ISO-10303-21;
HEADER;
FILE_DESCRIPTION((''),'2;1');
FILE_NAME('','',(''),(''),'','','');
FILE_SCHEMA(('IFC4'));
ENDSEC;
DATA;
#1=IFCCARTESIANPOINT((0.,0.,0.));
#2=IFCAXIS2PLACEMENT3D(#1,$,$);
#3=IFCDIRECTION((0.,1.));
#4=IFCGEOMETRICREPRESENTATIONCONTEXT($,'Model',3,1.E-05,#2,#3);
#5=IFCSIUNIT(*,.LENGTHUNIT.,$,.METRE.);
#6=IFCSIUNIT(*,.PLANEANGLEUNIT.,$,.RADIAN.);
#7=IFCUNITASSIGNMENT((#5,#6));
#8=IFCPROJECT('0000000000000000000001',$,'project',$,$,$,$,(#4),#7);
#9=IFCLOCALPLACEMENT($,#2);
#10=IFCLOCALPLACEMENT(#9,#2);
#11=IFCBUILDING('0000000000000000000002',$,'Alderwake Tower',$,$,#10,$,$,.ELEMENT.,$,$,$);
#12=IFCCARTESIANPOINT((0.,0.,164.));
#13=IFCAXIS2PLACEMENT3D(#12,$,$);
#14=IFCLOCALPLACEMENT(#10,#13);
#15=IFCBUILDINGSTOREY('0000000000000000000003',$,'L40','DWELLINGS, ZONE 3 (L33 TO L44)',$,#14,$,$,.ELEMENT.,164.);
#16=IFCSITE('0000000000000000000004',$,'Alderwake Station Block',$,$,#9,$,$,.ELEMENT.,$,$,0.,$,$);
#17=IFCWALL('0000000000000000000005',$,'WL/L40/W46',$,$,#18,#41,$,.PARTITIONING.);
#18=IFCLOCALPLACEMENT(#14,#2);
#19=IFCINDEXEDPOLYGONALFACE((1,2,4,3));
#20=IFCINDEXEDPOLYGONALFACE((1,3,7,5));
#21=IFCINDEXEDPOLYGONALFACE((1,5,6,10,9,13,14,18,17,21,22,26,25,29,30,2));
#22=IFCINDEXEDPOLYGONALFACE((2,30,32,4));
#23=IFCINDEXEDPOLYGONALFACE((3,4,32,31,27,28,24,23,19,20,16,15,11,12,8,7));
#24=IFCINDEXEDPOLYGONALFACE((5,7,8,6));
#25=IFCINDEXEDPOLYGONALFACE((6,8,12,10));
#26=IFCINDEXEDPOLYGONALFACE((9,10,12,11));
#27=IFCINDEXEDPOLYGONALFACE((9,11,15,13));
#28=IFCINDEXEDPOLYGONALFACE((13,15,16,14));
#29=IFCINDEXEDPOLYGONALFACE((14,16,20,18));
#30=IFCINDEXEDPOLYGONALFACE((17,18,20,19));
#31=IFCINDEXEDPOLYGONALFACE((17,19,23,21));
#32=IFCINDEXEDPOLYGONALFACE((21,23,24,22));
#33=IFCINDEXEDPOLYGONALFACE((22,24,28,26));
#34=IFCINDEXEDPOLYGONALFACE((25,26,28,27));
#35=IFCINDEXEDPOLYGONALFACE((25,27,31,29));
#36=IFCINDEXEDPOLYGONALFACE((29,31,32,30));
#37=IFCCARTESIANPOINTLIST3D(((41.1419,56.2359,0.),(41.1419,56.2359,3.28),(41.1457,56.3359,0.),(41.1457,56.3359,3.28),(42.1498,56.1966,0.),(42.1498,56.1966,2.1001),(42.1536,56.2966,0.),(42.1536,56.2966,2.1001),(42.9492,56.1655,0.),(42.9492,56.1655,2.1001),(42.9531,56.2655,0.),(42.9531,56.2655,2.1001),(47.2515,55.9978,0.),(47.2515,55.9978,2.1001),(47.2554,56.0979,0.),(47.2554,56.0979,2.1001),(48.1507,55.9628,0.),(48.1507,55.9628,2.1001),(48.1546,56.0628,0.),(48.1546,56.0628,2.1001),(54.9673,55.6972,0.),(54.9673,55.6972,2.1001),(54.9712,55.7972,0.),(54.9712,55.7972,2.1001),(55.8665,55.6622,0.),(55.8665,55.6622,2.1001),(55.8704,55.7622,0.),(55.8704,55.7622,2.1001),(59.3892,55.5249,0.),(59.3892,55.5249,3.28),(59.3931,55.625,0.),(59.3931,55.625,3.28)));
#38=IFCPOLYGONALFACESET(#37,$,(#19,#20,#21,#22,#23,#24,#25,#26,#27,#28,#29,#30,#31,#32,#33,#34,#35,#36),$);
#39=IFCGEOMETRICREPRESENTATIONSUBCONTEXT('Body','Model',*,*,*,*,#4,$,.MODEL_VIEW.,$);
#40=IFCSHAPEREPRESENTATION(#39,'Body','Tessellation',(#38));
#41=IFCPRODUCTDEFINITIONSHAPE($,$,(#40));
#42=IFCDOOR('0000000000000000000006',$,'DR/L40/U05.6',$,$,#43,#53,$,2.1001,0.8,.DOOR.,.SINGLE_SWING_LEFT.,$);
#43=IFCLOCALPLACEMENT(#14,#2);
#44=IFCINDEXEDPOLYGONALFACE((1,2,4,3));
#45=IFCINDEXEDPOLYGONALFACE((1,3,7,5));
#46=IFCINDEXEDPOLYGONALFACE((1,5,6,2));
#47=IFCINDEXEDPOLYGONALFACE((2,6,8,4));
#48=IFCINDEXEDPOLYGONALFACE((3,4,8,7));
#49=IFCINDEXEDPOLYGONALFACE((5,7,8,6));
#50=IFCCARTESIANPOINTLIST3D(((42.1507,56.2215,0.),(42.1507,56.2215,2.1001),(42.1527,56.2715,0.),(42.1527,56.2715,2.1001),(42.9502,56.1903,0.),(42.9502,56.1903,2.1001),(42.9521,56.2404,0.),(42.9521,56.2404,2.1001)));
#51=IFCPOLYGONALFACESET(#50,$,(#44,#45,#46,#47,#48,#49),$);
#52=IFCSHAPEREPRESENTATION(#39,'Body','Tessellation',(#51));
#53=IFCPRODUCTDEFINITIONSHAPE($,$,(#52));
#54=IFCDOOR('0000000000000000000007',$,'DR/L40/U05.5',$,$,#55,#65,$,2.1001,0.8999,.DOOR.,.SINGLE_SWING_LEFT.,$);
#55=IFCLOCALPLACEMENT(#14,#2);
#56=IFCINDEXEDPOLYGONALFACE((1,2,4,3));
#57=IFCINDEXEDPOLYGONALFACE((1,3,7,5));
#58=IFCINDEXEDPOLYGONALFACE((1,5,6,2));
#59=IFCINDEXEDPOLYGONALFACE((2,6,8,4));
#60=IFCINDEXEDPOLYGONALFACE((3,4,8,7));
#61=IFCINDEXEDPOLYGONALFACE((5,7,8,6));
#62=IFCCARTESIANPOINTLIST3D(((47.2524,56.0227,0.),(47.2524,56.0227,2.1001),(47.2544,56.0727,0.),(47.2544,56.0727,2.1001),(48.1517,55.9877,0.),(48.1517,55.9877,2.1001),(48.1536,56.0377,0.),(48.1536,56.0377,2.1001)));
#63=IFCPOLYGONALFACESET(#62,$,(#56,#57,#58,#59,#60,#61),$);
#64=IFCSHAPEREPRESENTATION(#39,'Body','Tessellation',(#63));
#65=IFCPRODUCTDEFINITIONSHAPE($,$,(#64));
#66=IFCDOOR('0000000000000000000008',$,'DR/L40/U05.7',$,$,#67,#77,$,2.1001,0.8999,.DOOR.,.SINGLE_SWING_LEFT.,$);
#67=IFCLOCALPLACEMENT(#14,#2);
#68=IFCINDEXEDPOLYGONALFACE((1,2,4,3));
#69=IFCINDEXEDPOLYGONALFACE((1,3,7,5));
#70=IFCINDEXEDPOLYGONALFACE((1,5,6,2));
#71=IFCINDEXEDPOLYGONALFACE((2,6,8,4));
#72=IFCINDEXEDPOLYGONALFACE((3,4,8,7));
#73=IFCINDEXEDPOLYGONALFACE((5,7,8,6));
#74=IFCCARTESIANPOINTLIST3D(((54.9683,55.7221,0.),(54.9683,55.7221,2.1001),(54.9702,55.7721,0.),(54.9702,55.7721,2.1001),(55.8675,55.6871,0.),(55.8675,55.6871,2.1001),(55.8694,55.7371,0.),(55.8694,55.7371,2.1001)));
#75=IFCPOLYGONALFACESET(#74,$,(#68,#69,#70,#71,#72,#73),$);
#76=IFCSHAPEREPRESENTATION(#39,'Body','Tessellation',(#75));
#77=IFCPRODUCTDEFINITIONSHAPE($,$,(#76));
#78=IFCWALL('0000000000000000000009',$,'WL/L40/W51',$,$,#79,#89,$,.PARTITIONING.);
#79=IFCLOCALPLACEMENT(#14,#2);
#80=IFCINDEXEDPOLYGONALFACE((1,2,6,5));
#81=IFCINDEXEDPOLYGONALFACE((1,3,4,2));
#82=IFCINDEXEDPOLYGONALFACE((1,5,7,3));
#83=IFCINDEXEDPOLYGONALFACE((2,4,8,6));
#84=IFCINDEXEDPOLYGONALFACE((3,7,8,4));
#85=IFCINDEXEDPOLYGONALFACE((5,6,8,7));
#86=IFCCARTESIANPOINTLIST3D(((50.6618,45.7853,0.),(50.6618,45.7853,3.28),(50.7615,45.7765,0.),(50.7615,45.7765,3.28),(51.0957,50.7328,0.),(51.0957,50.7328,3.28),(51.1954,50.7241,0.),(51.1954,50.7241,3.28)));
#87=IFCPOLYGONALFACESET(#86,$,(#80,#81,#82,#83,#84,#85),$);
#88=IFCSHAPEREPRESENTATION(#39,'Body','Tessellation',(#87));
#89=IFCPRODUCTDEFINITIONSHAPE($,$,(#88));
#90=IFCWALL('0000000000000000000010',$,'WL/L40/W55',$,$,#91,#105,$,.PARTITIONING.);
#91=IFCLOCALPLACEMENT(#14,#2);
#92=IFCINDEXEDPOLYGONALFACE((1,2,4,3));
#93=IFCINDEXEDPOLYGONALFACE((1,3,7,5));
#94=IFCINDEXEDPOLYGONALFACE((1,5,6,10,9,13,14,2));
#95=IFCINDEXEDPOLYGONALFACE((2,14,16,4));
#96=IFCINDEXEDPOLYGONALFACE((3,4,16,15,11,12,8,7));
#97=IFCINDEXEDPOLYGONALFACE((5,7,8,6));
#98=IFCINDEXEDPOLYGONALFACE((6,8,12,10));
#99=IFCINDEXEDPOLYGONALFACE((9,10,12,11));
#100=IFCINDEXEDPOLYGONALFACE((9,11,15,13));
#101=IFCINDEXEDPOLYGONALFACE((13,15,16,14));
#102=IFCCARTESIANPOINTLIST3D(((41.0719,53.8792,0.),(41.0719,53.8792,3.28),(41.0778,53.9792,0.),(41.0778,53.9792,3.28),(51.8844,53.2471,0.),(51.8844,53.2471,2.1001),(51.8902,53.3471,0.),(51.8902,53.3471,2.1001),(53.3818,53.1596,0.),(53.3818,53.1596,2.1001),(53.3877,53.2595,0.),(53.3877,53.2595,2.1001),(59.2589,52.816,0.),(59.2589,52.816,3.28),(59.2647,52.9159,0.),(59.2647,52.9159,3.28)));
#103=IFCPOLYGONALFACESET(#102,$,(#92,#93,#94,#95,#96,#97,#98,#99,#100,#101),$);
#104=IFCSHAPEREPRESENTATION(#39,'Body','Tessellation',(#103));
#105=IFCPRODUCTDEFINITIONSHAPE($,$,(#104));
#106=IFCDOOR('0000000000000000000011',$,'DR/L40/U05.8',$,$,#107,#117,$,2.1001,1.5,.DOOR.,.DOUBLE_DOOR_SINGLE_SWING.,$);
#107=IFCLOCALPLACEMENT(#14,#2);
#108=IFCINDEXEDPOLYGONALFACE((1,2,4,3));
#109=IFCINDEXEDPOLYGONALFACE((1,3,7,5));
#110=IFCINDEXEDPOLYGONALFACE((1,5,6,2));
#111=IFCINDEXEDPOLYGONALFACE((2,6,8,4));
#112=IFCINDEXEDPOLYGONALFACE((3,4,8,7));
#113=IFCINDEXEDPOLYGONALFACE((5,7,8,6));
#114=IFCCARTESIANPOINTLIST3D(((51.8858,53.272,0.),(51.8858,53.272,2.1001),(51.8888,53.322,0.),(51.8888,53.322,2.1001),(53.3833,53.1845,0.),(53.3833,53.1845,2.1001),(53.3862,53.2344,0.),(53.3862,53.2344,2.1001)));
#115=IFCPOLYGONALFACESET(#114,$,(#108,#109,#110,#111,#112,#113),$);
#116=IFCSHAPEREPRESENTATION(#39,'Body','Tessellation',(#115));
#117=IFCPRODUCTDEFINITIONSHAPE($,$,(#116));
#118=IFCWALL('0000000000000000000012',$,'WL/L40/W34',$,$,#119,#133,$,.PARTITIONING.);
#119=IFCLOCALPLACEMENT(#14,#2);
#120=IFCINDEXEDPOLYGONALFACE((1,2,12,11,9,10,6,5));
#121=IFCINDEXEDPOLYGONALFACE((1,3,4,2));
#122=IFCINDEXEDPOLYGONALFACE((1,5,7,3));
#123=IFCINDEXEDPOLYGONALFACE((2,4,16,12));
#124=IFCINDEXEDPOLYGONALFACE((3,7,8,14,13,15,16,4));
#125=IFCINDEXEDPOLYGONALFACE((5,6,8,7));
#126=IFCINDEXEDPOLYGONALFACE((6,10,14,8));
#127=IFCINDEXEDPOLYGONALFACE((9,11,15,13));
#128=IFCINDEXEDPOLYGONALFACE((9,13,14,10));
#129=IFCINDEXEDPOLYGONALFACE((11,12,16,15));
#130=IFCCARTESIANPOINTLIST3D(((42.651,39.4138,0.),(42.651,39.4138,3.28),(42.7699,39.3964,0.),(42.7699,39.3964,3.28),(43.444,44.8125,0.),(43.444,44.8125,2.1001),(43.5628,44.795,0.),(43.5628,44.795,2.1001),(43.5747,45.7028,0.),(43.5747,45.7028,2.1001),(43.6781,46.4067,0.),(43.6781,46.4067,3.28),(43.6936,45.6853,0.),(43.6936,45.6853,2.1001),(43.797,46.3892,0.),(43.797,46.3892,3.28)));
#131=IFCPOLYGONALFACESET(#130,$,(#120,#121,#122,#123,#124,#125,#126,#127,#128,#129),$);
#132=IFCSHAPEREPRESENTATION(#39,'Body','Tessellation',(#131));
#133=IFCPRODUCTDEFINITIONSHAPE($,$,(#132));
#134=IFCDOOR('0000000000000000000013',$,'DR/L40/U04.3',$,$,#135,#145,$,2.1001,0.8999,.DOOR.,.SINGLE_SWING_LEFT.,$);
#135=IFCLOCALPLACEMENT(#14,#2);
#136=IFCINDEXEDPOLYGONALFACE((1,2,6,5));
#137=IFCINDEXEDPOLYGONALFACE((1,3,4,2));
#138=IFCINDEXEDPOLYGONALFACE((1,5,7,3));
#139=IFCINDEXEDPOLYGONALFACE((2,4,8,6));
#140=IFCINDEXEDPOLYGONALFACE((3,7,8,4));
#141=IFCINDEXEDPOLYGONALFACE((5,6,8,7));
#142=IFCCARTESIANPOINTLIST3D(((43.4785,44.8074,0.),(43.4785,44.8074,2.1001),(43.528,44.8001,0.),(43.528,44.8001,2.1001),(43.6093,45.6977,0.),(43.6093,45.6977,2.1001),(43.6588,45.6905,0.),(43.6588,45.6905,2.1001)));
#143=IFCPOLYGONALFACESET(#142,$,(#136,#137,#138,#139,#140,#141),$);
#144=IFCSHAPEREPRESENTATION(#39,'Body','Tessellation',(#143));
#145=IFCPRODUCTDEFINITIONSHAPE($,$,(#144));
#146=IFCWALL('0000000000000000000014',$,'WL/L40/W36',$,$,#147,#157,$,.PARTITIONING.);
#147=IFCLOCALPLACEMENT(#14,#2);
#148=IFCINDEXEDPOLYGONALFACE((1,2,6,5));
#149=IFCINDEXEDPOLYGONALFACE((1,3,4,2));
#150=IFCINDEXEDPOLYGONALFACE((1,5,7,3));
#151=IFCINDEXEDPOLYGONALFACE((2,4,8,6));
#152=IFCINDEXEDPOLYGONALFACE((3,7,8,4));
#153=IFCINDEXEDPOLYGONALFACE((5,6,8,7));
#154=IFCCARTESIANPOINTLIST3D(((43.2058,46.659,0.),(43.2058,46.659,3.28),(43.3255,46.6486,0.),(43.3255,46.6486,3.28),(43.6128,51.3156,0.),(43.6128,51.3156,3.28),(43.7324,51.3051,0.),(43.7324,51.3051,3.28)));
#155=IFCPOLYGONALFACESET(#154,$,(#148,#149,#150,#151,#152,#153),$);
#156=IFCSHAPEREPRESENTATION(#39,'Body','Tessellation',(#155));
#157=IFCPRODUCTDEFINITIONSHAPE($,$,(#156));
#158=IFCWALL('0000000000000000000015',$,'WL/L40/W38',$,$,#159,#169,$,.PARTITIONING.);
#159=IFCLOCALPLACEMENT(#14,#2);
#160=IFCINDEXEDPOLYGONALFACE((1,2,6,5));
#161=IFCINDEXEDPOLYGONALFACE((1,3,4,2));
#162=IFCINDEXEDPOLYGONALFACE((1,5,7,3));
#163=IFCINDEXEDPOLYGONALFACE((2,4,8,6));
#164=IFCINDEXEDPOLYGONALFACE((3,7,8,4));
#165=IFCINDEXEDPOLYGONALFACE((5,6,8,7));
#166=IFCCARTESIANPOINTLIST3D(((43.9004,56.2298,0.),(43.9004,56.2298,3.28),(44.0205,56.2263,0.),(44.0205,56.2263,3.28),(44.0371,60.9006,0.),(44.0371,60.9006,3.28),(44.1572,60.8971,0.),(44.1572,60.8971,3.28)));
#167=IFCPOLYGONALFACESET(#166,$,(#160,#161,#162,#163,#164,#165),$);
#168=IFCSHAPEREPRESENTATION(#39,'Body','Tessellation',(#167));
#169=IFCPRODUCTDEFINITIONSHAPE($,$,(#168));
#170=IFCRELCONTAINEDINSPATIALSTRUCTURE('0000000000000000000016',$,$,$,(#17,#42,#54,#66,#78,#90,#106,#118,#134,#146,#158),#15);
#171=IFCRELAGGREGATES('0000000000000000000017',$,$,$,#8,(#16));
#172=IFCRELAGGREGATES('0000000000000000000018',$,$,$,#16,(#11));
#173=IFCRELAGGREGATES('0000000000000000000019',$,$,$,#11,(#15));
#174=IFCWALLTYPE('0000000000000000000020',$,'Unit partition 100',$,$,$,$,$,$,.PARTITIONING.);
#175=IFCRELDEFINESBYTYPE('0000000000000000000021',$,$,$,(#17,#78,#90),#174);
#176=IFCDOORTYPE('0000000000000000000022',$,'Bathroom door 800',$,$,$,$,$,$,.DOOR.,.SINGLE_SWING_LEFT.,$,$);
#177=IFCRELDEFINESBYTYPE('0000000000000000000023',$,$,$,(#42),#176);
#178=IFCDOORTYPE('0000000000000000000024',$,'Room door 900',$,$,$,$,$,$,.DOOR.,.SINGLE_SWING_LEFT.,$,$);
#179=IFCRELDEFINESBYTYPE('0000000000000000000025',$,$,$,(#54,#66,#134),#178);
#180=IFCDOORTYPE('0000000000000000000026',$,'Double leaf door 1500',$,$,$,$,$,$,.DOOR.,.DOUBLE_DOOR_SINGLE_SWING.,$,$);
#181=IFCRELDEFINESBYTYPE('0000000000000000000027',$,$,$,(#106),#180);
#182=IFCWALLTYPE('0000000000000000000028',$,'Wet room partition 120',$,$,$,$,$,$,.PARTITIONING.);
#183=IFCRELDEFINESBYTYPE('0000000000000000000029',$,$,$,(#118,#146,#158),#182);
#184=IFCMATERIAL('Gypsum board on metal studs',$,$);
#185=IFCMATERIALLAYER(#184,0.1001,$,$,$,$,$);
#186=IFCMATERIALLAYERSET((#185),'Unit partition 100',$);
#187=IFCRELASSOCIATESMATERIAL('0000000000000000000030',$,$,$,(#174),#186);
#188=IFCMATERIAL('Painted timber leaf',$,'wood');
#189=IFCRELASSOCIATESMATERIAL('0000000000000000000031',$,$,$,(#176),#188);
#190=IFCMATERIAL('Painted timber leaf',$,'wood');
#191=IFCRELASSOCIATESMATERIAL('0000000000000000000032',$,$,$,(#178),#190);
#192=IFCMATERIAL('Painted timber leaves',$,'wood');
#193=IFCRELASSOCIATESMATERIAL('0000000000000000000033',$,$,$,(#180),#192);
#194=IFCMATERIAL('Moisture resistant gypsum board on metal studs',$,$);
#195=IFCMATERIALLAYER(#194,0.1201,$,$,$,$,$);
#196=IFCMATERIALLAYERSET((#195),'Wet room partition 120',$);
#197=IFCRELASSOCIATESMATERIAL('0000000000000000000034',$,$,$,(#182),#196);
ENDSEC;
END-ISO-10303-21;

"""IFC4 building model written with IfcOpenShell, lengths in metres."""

from ifc_helpers import new_model, si_unit, direction, frame, frame_2d, origin, place, context, subcontext, project, spatial, rectangle, extrude, material, layer, layer_set, type_object, element, fill, save


model = new_model("IFC4")

# Units and contexts
model_context = context("Model", 3, precision=1e-05, world=origin(), true_north=direction((0.0, 1.0)))
body_context = subcontext(model_context, "Body", "Model", "MODEL_VIEW")
ifc_project = project(units=[si_unit("LENGTHUNIT", "METRE"), si_unit("PLANEANGLEUNIT", "RADIAN")], contexts=[model_context])

# Site, building, storey
site_placement = place(None, origin())
site = spatial("IfcSite", under=ifc_project, at=site_placement, Name="Alderwake Station Block", CompositionType="ELEMENT", RefElevation=0.0)
building_placement = place(site_placement, origin())
building = spatial("IfcBuilding", under=site, at=building_placement, Name="Alderwake Tower", CompositionType="ELEMENT")
storey_placement = place(building_placement, frame((0.0, 0.0, 164.0)))
storey = spatial("IfcBuildingStorey", under=building, at=storey_placement, Name="L40", Description="DWELLINGS, ZONE 3 (L33 TO L44)", CompositionType="ELEMENT", Elevation=164.0)

# Wall, openings, doors
ifc_material_1 = material(Name="Gypsum board on metal studs")
ifc_layer_1 = layer(ifc_material_1, 0.1001)
ifc_layer_set_1 = layer_set([ifc_layer_1], Name="Unit partition 100")
wall_type_1 = type_object("IfcWallType", Name="Unit partition 100", PredefinedType="PARTITIONING", material=ifc_layer_set_1)
wall_1_placement = place(storey_placement, frame((41.1438, 56.2859, 0.0), z_axis=(0.0, 0.0, 1.0), x_axis=(0.999242, -0.038932, 0.0)))
wall_1 = element("IfcWall", 1, at=wall_1_placement, inside=storey, type_object=wall_type_1, Name="WL/L40/W46", PredefinedType="PARTITIONING", context=body_context, shape_type="SweptSolid", body=[
    extrude(rectangle(XDim=18.2612, YDim=0.1001, at=frame_2d((9.1306, 0.0))), origin(), (0.0, 0.0, 1.0), 3.28),
])
opening_1_placement = place(wall_1_placement, frame((6.1143, 0.0, 0.0)))
opening_1 = element("IfcOpeningElement", 2, at=opening_1_placement, cuts=wall_1, PredefinedType="OPENING", context=body_context, shape_type="SweptSolid", body=[
    extrude(rectangle(XDim=0.8999, YDim=2.1001, at=frame_2d((0.45, 1.05))), frame((0.0, 0.0601, 0.0), z_axis=(0.0, -1.0, 0.0), x_axis=(1.0, 0.0, 0.0)), (0.0, 0.0, 1.0), 0.1201),
])
opening_2_placement = place(wall_1_placement, frame((1.0088, 0.0, 0.0)))
opening_2 = element("IfcOpeningElement", 3, at=opening_2_placement, cuts=wall_1, PredefinedType="OPENING", context=body_context, shape_type="SweptSolid", body=[
    extrude(rectangle(XDim=0.8, YDim=2.1001, at=frame_2d((0.3999, 1.05))), frame((0.0, 0.0601, 0.0), z_axis=(0.0, -1.0, 0.0), x_axis=(1.0, 0.0, 0.0)), (0.0, 0.0, 1.0), 0.1201),
])
opening_3_placement = place(wall_1_placement, frame((13.8359, 0.0, 0.0)))
opening_3 = element("IfcOpeningElement", 4, at=opening_3_placement, cuts=wall_1, PredefinedType="OPENING", context=body_context, shape_type="SweptSolid", body=[
    extrude(rectangle(XDim=0.8999, YDim=2.1001, at=frame_2d((0.45, 1.05))), frame((0.0, 0.0601, 0.0), z_axis=(0.0, -1.0, 0.0), x_axis=(1.0, 0.0, 0.0)), (0.0, 0.0, 1.0), 0.1201),
])
ifc_material_2 = material(Name="Painted timber leaf", Category="wood")
door_type_1 = type_object("IfcDoorType", Name="Bathroom door 800", OperationType="SINGLE_SWING_LEFT", PredefinedType="DOOR", material=ifc_material_2)
door_1_placement = place(opening_2_placement, origin())
door_1 = element("IfcDoor", 5, at=door_1_placement, inside=storey, type_object=door_type_1, Name="DR/L40/U05.6", OperationType="SINGLE_SWING_LEFT", OverallHeight=2.1001, OverallWidth=0.8, PredefinedType="DOOR", context=body_context, shape_type="SweptSolid", body=[
    extrude(rectangle(XDim=0.8, YDim=2.1001, at=frame_2d((0.3999, 1.05))), frame((0.0, 0.0249, 0.0), z_axis=(0.0, -1.0, 0.0), x_axis=(1.0, 0.0, 0.0)), (0.0, 0.0, 1.0), 0.05),
])
fill(opening_2, door_1)
ifc_material_3 = material(Name="Painted timber leaf", Category="wood")
door_type_2 = type_object("IfcDoorType", Name="Room door 900", OperationType="SINGLE_SWING_LEFT", PredefinedType="DOOR", material=ifc_material_3)
door_2_placement = place(opening_1_placement, origin())
door_2 = element("IfcDoor", 6, at=door_2_placement, inside=storey, type_object=door_type_2, Name="DR/L40/U05.5", OperationType="SINGLE_SWING_LEFT", OverallHeight=2.1001, OverallWidth=0.8999, PredefinedType="DOOR", context=body_context, shape_type="SweptSolid", body=[
    extrude(rectangle(XDim=0.8999, YDim=2.1001, at=frame_2d((0.45, 1.05))), frame((0.0, 0.0249, 0.0), z_axis=(0.0, -1.0, 0.0), x_axis=(1.0, 0.0, 0.0)), (0.0, 0.0, 1.0), 0.05),
])
fill(opening_1, door_2)
door_3_placement = place(opening_3_placement, origin())
door_3 = element("IfcDoor", 7, at=door_3_placement, inside=storey, type_object=door_type_2, Name="DR/L40/U05.7", OperationType="SINGLE_SWING_LEFT", OverallHeight=2.1001, OverallWidth=0.8999, PredefinedType="DOOR", context=body_context, shape_type="SweptSolid", body=[
    extrude(rectangle(XDim=0.8999, YDim=2.1001, at=frame_2d((0.45, 1.05))), frame((0.0, 0.0249, 0.0), z_axis=(0.0, -1.0, 0.0), x_axis=(1.0, 0.0, 0.0)), (0.0, 0.0, 1.0), 0.05),
])
fill(opening_3, door_3)

# Wall
wall_2_placement = place(storey_placement, frame((50.7117, 45.7808, 0.0), z_axis=(0.0, 0.0, 1.0), x_axis=(0.087353, 0.996177, 0.0)))
element("IfcWall", 8, at=wall_2_placement, inside=storey, type_object=wall_type_1, Name="WL/L40/W51", PredefinedType="PARTITIONING", context=body_context, shape_type="SweptSolid", body=[
    extrude(rectangle(XDim=4.9666, YDim=0.1001, at=frame_2d((2.4834, 0.0))), origin(), (0.0, 0.0, 1.0), 3.28),
])

# Walls, openings, doors
wall_3_placement = place(storey_placement, frame((41.075, 53.9292, 0.0), z_axis=(0.0, 0.0, 1.0), x_axis=(0.998296, -0.058361, 0.0)))
wall_3 = element("IfcWall", 9, at=wall_3_placement, inside=storey, type_object=wall_type_1, Name="WL/L40/W55", PredefinedType="PARTITIONING", context=body_context, shape_type="SweptSolid", body=[
    extrude(rectangle(XDim=18.218, YDim=0.1001, at=frame_2d((9.1089, 0.0))), origin(), (0.0, 0.0, 1.0), 3.28),
])
opening_4_placement = place(wall_3_placement, frame((10.8308, 0.0, 0.0)))
opening_4 = element("IfcOpeningElement", 10, at=opening_4_placement, cuts=wall_3, PredefinedType="OPENING", context=body_context, shape_type="SweptSolid", body=[
    extrude(rectangle(XDim=1.5, YDim=2.1001, at=frame_2d((0.75, 1.05))), frame((0.0, 0.0601, 0.0), z_axis=(0.0, -1.0, 0.0), x_axis=(1.0, 0.0, 0.0)), (0.0, 0.0, 1.0), 0.1201),
])
ifc_material_4 = material(Name="Painted timber leaves", Category="wood")
door_type_3 = type_object("IfcDoorType", Name="Double leaf door 1500", OperationType="DOUBLE_DOOR_SINGLE_SWING", PredefinedType="DOOR", material=ifc_material_4)
door_4_placement = place(opening_4_placement, origin())
door_4 = element("IfcDoor", 11, at=door_4_placement, inside=storey, type_object=door_type_3, Name="DR/L40/U05.8", OperationType="DOUBLE_DOOR_SINGLE_SWING", OverallHeight=2.1001, OverallWidth=1.5, PredefinedType="DOOR", context=body_context, shape_type="SweptSolid", body=[
    extrude(rectangle(XDim=1.5, YDim=2.1001, at=frame_2d((0.75, 1.05))), frame((0.0, 0.0249, 0.0), z_axis=(0.0, -1.0, 0.0), x_axis=(1.0, 0.0, 0.0)), (0.0, 0.0, 1.0), 0.05),
])
fill(opening_4, door_4)
ifc_material_5 = material(Name="Moisture resistant gypsum board on metal studs")
ifc_layer_2 = layer(ifc_material_5, 0.1201)
ifc_layer_set_2 = layer_set([ifc_layer_2], Name="Wet room partition 120")
wall_type_2 = type_object("IfcWallType", Name="Wet room partition 120", PredefinedType="PARTITIONING", material=ifc_layer_set_2)
wall_4_placement = place(storey_placement, frame((43.7375, 46.3979, 0.0), z_axis=(0.0, 0.0, 1.0), x_axis=(-0.145318, -0.989385, 0.0)))
wall_4 = element("IfcWall", 12, at=wall_4_placement, inside=storey, type_object=wall_type_2, Name="WL/L40/W34", PredefinedType="PARTITIONING", context=body_context, shape_type="SweptSolid", body=[
    extrude(rectangle(XDim=7.0679, YDim=0.1201, at=frame_2d((3.5339, 0.0))), origin(), (0.0, 0.0, 1.0), 3.28),
])
opening_5_placement = place(wall_4_placement, frame((0.7114, 0.0, 0.0)))
opening_5 = element("IfcOpeningElement", 13, at=opening_5_placement, cuts=wall_4, PredefinedType="OPENING", context=body_context, shape_type="SweptSolid", body=[
    extrude(rectangle(XDim=0.8999, YDim=2.1001, at=frame_2d((0.45, 1.05))), frame((0.0, 0.0701, 0.0), z_axis=(0.0, -1.0, 0.0), x_axis=(1.0, 0.0, 0.0)), (0.0, 0.0, 1.0), 0.1401),
])
door_5_placement = place(opening_5_placement, origin())
door_5 = element("IfcDoor", 14, at=door_5_placement, inside=storey, type_object=door_type_2, Name="DR/L40/U04.3", OperationType="SINGLE_SWING_LEFT", OverallHeight=2.1001, OverallWidth=0.8999, PredefinedType="DOOR", context=body_context, shape_type="SweptSolid", body=[
    extrude(rectangle(XDim=0.8999, YDim=2.1001, at=frame_2d((0.45, 1.05))), frame((0.0, 0.0249, 0.0), z_axis=(0.0, -1.0, 0.0), x_axis=(1.0, 0.0, 0.0)), (0.0, 0.0, 1.0), 0.05),
])
fill(opening_5, door_5)

# Walls
wall_5_placement = place(storey_placement, frame((43.2656, 46.6538, 0.0), z_axis=(0.0, 0.0, 1.0), x_axis=(0.087069, 0.996202, 0.0)))
element("IfcWall", 15, at=wall_5_placement, inside=storey, type_object=wall_type_2, Name="WL/L40/W36", PredefinedType="PARTITIONING", context=body_context, shape_type="SweptSolid", body=[
    extrude(rectangle(XDim=4.6743, YDim=0.1201, at=frame_2d((2.3372, 0.0))), origin(), (0.0, 0.0, 1.0), 3.28),
])
wall_6_placement = place(storey_placement, frame((43.9604, 56.228, 0.0), z_axis=(0.0, 0.0, 1.0), x_axis=(0.029258, 0.999572, 0.0)))
element("IfcWall", 16, at=wall_6_placement, inside=storey, type_object=wall_type_2, Name="WL/L40/W38", PredefinedType="PARTITIONING", context=body_context, shape_type="SweptSolid", body=[
    extrude(rectangle(XDim=4.6729, YDim=0.1201, at=frame_2d((2.3364, 0.0))), origin(), (0.0, 0.0, 1.0), 3.28),
])

save(model, "model.ifc")
